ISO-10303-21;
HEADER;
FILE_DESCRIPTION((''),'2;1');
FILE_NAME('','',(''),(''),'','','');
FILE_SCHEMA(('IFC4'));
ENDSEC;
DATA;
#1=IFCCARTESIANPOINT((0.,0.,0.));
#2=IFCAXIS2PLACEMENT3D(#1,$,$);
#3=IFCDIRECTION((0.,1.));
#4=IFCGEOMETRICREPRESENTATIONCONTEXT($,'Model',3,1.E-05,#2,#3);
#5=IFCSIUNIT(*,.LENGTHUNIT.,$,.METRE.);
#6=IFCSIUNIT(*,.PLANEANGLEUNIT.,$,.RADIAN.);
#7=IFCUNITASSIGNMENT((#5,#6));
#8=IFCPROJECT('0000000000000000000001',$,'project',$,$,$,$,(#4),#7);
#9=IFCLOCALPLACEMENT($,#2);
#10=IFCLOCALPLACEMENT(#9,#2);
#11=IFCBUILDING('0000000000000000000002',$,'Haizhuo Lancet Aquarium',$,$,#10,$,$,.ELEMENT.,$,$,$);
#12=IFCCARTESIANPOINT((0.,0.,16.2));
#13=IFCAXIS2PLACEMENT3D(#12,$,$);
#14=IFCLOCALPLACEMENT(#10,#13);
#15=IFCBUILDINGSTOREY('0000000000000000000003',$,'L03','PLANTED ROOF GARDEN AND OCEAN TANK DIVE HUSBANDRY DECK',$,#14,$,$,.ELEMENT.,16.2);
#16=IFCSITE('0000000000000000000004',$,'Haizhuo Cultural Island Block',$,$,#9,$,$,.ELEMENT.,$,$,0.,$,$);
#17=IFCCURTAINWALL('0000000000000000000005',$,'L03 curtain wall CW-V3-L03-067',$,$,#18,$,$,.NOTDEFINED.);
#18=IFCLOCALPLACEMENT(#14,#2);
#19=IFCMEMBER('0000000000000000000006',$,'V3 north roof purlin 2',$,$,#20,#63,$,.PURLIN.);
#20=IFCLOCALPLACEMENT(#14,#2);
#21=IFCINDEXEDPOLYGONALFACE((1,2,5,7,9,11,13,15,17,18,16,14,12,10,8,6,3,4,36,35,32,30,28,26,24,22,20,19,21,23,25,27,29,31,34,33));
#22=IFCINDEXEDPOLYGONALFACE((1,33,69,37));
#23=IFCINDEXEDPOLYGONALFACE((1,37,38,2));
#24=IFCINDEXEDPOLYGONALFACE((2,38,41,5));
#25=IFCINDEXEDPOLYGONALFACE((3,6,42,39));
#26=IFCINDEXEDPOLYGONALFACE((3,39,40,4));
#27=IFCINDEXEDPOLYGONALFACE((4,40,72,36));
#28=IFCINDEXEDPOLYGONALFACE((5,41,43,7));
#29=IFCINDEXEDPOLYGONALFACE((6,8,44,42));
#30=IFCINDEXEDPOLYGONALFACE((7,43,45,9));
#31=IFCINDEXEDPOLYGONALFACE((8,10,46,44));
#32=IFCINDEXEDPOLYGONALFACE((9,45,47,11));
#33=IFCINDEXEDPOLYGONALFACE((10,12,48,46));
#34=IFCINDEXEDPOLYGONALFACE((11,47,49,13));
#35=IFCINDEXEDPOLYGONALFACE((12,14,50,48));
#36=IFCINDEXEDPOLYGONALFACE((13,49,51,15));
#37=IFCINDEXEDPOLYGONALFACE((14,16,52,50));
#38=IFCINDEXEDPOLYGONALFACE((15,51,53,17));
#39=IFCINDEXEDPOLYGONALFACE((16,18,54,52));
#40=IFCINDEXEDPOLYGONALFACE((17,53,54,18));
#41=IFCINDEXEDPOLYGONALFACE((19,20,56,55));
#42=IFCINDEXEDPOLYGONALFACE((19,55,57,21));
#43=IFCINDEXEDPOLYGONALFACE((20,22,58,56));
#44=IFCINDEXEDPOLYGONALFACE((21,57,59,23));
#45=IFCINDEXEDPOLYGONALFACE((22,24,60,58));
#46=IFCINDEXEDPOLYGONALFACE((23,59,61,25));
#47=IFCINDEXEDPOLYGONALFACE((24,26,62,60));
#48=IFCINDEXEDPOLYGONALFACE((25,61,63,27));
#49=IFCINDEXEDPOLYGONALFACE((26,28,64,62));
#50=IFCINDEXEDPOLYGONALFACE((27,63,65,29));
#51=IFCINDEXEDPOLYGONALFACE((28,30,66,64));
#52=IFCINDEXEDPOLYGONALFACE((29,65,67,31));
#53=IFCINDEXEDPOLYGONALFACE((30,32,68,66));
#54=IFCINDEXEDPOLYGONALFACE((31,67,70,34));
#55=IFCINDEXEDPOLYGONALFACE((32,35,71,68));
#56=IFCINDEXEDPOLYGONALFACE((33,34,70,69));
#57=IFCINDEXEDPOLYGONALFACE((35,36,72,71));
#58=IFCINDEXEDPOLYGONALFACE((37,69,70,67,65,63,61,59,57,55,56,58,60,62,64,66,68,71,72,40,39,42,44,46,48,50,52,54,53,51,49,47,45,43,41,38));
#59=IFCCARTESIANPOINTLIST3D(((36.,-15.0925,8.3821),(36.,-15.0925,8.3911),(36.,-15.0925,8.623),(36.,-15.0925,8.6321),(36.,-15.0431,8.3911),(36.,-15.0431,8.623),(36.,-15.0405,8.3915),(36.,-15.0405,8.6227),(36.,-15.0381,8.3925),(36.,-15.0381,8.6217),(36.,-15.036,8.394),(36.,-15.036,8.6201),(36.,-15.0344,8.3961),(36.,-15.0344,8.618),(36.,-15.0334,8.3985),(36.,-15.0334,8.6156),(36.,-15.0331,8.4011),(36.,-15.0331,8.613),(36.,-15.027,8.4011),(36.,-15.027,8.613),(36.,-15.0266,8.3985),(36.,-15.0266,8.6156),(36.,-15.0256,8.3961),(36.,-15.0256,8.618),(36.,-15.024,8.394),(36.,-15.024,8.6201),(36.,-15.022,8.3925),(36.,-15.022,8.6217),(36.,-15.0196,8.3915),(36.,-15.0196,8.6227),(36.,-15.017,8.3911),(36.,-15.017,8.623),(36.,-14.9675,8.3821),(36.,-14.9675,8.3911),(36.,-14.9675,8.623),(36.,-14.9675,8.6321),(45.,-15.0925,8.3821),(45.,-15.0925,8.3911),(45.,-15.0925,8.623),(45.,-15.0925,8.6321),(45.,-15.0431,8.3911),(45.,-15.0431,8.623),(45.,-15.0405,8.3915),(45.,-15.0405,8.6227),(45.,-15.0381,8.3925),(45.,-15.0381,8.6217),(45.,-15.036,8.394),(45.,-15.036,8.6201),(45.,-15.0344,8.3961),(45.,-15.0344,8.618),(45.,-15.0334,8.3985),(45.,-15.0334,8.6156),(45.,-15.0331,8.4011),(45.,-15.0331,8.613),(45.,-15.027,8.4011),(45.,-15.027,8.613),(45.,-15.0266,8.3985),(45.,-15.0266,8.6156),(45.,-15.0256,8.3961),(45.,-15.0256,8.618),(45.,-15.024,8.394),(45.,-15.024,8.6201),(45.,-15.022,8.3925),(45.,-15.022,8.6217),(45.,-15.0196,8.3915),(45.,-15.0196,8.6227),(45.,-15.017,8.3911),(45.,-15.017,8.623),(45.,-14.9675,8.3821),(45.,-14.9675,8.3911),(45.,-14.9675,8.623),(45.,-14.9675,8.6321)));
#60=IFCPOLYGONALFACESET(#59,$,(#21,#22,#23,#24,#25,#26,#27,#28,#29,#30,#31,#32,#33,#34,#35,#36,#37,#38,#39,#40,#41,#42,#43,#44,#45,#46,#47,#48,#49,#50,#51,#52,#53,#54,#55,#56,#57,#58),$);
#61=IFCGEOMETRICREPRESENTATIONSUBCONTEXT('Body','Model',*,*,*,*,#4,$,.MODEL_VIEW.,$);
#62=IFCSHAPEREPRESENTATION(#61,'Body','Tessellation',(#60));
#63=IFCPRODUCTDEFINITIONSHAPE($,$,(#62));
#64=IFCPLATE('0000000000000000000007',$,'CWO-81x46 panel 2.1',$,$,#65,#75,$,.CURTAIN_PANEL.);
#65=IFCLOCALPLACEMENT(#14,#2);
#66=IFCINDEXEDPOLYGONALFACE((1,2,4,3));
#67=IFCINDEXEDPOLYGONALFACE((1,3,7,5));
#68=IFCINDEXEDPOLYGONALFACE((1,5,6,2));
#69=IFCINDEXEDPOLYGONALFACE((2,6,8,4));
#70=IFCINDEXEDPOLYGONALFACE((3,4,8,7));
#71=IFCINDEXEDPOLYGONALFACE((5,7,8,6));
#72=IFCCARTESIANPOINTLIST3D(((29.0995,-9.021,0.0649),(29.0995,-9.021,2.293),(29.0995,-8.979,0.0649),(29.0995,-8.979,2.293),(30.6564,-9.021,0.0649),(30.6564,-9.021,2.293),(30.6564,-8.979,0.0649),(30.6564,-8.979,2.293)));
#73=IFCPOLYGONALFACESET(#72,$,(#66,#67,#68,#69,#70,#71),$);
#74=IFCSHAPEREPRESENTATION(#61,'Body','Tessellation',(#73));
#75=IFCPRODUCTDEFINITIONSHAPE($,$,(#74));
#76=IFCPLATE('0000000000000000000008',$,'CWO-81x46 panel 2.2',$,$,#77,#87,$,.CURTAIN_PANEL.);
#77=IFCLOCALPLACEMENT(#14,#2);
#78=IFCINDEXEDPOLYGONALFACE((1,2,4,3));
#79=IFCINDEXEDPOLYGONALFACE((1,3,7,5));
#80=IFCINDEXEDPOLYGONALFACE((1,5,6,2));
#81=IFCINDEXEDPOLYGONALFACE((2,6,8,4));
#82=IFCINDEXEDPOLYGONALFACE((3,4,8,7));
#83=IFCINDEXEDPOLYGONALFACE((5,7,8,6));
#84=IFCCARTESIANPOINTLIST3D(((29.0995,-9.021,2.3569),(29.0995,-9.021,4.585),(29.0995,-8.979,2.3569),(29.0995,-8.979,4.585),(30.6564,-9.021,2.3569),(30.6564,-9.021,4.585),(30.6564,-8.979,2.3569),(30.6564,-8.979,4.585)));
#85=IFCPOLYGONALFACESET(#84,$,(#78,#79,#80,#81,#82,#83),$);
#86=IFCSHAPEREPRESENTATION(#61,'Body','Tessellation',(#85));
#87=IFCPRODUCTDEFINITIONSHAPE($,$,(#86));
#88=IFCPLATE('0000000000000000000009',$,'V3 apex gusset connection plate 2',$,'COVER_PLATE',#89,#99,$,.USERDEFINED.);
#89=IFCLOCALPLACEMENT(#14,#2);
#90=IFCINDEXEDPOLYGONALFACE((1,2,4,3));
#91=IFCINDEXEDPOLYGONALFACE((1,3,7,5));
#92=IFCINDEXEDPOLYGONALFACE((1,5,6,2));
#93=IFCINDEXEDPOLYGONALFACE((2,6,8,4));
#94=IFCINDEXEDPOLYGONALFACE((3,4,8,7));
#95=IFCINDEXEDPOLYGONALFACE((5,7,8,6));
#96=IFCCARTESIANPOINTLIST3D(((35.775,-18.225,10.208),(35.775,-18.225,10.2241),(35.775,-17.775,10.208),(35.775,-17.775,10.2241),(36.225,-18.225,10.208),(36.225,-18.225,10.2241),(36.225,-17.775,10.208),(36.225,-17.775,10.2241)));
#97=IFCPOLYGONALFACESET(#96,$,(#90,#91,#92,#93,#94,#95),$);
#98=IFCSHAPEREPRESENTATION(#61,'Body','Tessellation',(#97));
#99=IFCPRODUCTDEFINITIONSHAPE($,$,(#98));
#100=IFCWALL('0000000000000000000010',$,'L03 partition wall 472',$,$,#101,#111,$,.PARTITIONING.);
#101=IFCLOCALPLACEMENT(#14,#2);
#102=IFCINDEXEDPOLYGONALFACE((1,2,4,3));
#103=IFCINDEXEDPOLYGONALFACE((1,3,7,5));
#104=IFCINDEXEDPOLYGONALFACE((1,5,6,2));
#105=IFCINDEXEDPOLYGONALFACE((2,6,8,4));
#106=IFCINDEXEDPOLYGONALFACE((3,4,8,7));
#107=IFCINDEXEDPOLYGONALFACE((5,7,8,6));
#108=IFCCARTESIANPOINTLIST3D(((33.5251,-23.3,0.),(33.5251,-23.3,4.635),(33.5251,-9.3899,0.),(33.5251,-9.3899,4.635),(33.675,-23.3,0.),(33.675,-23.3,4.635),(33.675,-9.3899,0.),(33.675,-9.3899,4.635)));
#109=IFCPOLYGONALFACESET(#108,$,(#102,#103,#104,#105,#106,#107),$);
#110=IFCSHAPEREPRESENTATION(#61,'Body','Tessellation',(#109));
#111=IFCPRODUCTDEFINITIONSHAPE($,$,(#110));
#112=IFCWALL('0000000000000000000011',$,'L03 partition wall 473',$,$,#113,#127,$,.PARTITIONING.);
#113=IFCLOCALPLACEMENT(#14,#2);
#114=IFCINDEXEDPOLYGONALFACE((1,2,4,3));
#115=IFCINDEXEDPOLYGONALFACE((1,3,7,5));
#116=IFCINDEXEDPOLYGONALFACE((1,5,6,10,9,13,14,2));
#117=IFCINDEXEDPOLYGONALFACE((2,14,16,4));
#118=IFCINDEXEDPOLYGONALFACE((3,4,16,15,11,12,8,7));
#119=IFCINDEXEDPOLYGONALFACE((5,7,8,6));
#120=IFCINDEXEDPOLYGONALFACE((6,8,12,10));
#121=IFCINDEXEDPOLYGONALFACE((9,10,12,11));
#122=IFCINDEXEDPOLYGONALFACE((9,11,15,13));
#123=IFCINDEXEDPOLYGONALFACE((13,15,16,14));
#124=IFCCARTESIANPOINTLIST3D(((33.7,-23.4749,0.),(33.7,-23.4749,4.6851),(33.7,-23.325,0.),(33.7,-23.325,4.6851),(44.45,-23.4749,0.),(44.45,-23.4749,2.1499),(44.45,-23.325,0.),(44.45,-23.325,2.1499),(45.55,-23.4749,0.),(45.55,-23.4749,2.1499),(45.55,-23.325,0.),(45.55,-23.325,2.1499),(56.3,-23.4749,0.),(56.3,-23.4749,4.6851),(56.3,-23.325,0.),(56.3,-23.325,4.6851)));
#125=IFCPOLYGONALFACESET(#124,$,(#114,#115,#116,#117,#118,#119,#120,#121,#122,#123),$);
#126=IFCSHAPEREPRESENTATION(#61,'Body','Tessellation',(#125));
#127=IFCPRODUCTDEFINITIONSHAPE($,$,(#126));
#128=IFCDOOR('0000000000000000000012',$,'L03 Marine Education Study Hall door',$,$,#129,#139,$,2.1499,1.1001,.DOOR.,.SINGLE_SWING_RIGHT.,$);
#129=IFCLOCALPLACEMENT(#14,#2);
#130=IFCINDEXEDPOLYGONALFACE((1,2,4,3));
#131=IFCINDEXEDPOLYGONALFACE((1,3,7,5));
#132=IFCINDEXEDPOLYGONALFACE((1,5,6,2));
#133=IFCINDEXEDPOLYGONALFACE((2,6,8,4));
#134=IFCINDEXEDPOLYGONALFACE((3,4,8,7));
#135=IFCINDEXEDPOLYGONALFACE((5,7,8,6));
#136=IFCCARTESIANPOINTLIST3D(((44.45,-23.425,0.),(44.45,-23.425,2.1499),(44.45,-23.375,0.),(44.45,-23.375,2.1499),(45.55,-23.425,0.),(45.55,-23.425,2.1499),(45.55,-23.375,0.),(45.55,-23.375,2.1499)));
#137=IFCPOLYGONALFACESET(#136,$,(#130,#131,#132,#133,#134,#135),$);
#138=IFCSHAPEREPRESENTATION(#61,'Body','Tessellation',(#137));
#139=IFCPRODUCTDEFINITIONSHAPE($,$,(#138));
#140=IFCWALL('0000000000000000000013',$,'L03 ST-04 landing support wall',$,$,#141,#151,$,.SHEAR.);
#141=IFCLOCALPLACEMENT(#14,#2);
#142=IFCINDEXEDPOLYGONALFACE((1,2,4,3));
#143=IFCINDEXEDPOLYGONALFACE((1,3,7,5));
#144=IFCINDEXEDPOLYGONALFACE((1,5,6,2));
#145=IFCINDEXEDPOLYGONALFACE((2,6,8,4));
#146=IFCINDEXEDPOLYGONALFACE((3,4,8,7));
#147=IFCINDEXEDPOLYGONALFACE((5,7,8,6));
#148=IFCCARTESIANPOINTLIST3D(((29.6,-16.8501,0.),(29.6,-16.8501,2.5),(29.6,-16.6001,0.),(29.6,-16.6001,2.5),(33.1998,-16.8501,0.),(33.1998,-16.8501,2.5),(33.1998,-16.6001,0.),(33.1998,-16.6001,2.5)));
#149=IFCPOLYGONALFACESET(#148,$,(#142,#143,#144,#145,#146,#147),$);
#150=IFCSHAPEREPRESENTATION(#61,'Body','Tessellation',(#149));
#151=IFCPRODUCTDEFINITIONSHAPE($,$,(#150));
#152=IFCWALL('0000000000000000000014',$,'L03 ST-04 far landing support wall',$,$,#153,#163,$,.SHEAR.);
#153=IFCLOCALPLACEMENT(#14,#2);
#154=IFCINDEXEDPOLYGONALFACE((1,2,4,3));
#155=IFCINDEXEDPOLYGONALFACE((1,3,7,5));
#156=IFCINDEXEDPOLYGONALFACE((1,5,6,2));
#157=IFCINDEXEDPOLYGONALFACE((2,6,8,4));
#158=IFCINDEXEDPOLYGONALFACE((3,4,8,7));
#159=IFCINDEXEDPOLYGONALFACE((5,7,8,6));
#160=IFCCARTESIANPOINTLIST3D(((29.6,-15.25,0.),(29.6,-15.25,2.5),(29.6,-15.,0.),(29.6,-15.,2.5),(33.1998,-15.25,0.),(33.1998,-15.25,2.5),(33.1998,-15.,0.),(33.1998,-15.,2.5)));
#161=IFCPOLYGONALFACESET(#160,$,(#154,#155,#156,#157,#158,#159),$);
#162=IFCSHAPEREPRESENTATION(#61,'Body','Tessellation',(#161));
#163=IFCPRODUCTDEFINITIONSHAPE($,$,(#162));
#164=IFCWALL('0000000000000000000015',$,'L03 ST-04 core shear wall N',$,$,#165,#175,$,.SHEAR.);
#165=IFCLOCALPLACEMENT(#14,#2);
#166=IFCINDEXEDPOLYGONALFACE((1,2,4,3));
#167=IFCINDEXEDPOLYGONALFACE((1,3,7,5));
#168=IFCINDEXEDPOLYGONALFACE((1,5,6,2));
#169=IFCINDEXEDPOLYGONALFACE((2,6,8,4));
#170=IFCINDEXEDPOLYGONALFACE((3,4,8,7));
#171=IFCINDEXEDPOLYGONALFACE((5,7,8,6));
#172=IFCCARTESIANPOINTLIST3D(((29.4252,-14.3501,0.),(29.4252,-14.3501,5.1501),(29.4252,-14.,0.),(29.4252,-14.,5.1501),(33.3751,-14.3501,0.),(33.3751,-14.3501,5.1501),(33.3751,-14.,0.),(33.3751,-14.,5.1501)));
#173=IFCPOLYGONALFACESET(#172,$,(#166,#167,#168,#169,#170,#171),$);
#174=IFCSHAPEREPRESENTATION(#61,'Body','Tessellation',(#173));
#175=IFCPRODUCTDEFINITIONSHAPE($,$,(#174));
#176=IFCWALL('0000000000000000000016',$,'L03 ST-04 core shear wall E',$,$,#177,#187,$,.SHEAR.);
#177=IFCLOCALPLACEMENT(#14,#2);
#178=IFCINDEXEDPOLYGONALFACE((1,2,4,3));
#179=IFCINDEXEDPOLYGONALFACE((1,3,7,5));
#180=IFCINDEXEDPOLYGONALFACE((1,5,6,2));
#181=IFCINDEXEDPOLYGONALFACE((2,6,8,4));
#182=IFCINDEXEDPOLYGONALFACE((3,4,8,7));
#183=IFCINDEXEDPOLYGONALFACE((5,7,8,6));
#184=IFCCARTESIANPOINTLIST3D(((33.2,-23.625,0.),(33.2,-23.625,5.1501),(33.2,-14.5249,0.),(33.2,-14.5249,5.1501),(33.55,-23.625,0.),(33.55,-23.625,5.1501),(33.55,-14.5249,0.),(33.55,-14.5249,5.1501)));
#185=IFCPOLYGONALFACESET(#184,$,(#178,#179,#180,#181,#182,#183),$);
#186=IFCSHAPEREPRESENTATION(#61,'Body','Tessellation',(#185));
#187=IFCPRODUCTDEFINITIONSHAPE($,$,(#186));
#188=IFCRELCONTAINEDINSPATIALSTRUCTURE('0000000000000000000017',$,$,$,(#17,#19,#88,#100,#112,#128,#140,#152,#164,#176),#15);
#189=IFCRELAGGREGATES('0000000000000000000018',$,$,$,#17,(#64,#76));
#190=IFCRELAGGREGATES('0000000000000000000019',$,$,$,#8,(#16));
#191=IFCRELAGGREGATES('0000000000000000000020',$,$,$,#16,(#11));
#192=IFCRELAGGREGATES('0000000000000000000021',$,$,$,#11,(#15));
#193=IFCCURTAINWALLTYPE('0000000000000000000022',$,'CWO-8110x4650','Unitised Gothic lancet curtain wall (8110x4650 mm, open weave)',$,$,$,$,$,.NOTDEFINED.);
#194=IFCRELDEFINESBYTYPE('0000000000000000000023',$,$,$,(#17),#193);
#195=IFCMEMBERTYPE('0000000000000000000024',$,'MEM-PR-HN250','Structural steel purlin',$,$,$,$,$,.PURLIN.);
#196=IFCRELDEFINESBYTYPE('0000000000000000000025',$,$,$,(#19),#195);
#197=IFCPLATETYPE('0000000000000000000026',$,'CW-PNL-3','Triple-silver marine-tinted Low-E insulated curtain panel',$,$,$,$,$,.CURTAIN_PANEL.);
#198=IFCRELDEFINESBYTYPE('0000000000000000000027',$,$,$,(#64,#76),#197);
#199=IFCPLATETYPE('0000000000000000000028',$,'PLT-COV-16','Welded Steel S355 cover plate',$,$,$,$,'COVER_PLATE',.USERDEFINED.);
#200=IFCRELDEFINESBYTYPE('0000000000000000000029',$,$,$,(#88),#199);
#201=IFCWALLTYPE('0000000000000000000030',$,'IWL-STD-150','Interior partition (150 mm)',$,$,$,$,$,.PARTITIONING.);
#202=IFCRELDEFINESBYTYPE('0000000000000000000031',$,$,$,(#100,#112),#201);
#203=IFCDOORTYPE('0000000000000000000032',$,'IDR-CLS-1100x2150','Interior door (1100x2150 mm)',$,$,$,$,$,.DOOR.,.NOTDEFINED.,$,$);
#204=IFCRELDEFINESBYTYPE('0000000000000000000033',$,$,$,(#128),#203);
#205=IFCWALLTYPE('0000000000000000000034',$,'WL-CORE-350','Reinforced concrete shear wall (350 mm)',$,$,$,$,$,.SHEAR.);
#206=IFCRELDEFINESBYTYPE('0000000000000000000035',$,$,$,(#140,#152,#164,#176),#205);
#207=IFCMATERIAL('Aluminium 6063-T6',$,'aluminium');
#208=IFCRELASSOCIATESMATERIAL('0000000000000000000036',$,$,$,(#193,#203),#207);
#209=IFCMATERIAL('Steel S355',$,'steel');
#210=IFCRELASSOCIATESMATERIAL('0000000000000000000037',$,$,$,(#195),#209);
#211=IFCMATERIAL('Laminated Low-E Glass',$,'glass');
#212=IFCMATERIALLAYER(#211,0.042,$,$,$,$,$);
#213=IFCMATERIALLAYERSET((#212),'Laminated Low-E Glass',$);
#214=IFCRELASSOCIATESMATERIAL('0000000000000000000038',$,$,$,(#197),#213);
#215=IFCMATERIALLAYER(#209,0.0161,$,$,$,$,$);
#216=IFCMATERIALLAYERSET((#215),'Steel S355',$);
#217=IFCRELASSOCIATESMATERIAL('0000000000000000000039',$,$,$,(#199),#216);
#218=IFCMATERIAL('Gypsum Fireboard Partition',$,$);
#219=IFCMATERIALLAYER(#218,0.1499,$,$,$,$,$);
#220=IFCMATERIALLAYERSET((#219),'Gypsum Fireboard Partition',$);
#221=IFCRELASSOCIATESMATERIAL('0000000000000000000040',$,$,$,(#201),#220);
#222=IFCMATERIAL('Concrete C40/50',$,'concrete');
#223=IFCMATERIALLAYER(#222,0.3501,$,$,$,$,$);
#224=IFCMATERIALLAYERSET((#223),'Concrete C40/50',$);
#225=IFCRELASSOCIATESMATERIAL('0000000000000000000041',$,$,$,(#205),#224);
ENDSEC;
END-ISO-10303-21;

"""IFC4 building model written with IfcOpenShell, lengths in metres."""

from ifc_helpers import new_model, si_unit, direction, frame, frame_2d, origin, origin_2d, place, context, subcontext, project, spatial, rectangle, i_section, extrude, material, layer, layer_set, material_profile, profile_set, type_object, element, fill, aggregate, save


model = new_model("IFC4")

# Units and contexts
model_context = context("Model", 3, precision=1e-05, world=origin(), true_north=direction((0.0, 1.0)))
body_context = subcontext(model_context, "Body", "Model", "MODEL_VIEW")
ifc_project = project(units=[si_unit("LENGTHUNIT", "METRE"), si_unit("PLANEANGLEUNIT", "RADIAN")], contexts=[model_context])

# Site, building, storey
site_placement = place(None, origin())
site = spatial("IfcSite", under=ifc_project, at=site_placement, Name="Haizhuo Cultural Island Block", CompositionType="ELEMENT", RefElevation=0.0)
building_placement = place(site_placement, origin())
building = spatial("IfcBuilding", under=site, at=building_placement, Name="Haizhuo Lancet Aquarium", CompositionType="ELEMENT")
storey_placement = place(building_placement, frame((0.0, 0.0, 16.2)))
storey = spatial("IfcBuildingStorey", under=building, at=storey_placement, Name="L03", Description="PLANTED ROOF GARDEN AND OCEAN TANK DIVE HUSBANDRY DECK", CompositionType="ELEMENT", Elevation=16.2)

# Shared definitions
ifc_material_1 = material(Name="Concrete C40/50", Category="concrete")

# Curtain wall
ifc_material_2 = material(Name="Aluminium 6063-T6", Category="aluminium")
curtain_wall_type = type_object("IfcCurtainWallType", Name="CWO-8110x4650", Description="Unitised Gothic lancet curtain wall (8110x4650 mm, open weave)", PredefinedType="NOTDEFINED", material=ifc_material_2)
curtain_wall_placement = place(storey_placement, origin())
curtain_wall = element("IfcCurtainWall", 1, at=curtain_wall_placement, inside=storey, type_object=curtain_wall_type, Name="L03 curtain wall CW-V3-L03-067", PredefinedType="NOTDEFINED")

# Member
ifc_material_3 = material(Name="Steel S355", Category="steel")
ifc_material_profile_1 = material_profile(ifc_material_3, i_section(OverallWidth=0.125, OverallDepth=0.25, WebThickness=0.0061, FlangeThickness=0.009, FilletRadius=0.01, at=origin_2d()), Name="HN 250x125x6x9")
ifc_profile_set_1 = profile_set([ifc_material_profile_1], Name="Steel S355")
member_type_1 = type_object("IfcMemberType", Name="MEM-PR-HN250", Description="Structural steel purlin", PredefinedType="PURLIN", material=ifc_profile_set_1)
for number, where, z_axis, x_axis, name in (
    (2, (36.0, -15.03, 8.5071), (1.0, 0.0, 0.0), (0.0, 1.0, 0.0), "V3 north roof purlin 2"),
):
    element("IfcMember", number, at=place(storey_placement, frame(where, z_axis=z_axis, x_axis=x_axis)), inside=storey, type_object=member_type_1, Name=name, PredefinedType="PURLIN", context=body_context, shape_type="SweptSolid", body=[
        extrude(i_section(OverallWidth=0.125, OverallDepth=0.25, WebThickness=0.0061, FlangeThickness=0.009, FilletRadius=0.01, at=origin_2d()), origin(), (0.0, 0.0, 1.0), 9.0),
    ])

# Plates
ifc_material_4 = material(Name="Laminated Low-E Glass", Category="glass")
ifc_layer_1 = layer(ifc_material_4, 0.042)
ifc_layer_set_1 = layer_set([ifc_layer_1], Name="Laminated Low-E Glass")
plate_type_1 = type_object("IfcPlateType", Name="CW-PNL-3", Description="Triple-silver marine-tinted Low-E insulated curtain panel", PredefinedType="CURTAIN_PANEL", material=ifc_layer_set_1)
plate_1_placement = place(storey_placement, frame((29.8779, -9.0, 0.0649), z_axis=(0.0, 0.0, 1.0), x_axis=(1.0, 0.0, 0.0)))
plate_1 = element("IfcPlate", 3, at=plate_1_placement, type_object=plate_type_1, Name="CWO-81x46 panel 2.1", PredefinedType="CURTAIN_PANEL", context=body_context, shape_type="SweptSolid", body=[
    extrude(rectangle(XDim=1.5569, YDim=0.042, at=origin_2d()), origin(), (0.0, 0.0, 1.0), 2.228),
])
plate_2_placement = place(storey_placement, frame((29.8779, -9.0, 2.3569), z_axis=(0.0, 0.0, 1.0), x_axis=(1.0, 0.0, 0.0)))
plate_2 = element("IfcPlate", 4, at=plate_2_placement, type_object=plate_type_1, Name="CWO-81x46 panel 2.2", PredefinedType="CURTAIN_PANEL", context=body_context, shape_type="SweptSolid", body=[
    extrude(rectangle(XDim=1.5569, YDim=0.042, at=origin_2d()), origin(), (0.0, 0.0, 1.0), 2.228),
])
aggregate(curtain_wall, [plate_1, plate_2])
ifc_layer_2 = layer(ifc_material_3, 0.0161)
ifc_layer_set_2 = layer_set([ifc_layer_2], Name="Steel S355")
plate_type_2 = type_object("IfcPlateType", Name="PLT-COV-16", Description="Welded Steel S355 cover plate", ElementType="COVER_PLATE", PredefinedType="USERDEFINED", material=ifc_layer_set_2)
plate_3_placement = place(storey_placement, frame((36.0, -18.0, 10.208), z_axis=(0.0, 0.0, 1.0), x_axis=(1.0, 0.0, 0.0)))
element("IfcPlate", 5, at=plate_3_placement, inside=storey, type_object=plate_type_2, Name="V3 apex gusset connection plate 2", ObjectType="COVER_PLATE", PredefinedType="USERDEFINED", context=body_context, shape_type="SweptSolid", body=[
    extrude(rectangle(XDim=0.45, YDim=0.45, at=origin_2d()), origin(), (0.0, 0.0, 1.0), 0.0161),
])

# Wall
ifc_material_5 = material(Name="Gypsum Fireboard Partition")
ifc_layer_3 = layer(ifc_material_5, 0.1499)
ifc_layer_set_3 = layer_set([ifc_layer_3], Name="Gypsum Fireboard Partition")
wall_type_1 = type_object("IfcWallType", Name="IWL-STD-150", Description="Interior partition (150 mm)", PredefinedType="PARTITIONING", material=ifc_layer_set_3)
wall_1_placement = place(storey_placement, frame((33.6001, -9.3899, 0.0), z_axis=(0.0, 0.0, 1.0), x_axis=(0.0, -1.0, 0.0)))
element("IfcWall", 6, at=wall_1_placement, inside=storey, type_object=wall_type_1, Name="L03 partition wall 472", PredefinedType="PARTITIONING", context=body_context, shape_type="SweptSolid", body=[
    extrude(rectangle(XDim=13.9102, YDim=0.1499, at=frame_2d((6.9551, 0.0))), origin(), (0.0, 0.0, 1.0), 4.635),
])

# Wall, opening, door
wall_2_placement = place(storey_placement, frame((33.7, -23.3999, 0.0), z_axis=(0.0, 0.0, 1.0), x_axis=(1.0, 0.0, 0.0)))
wall_2 = element("IfcWall", 7, at=wall_2_placement, inside=storey, type_object=wall_type_1, Name="L03 partition wall 473", PredefinedType="PARTITIONING", context=body_context, shape_type="SweptSolid", body=[
    extrude(rectangle(XDim=22.6001, YDim=0.1499, at=frame_2d((11.3, 0.0))), origin(), (0.0, 0.0, 1.0), 4.6851),
])
opening_placement = place(wall_2_placement, frame((10.75, 0.0, 0.0)))
opening = element("IfcOpeningElement", 8, at=opening_placement, cuts=wall_2, PredefinedType="OPENING", context=body_context, shape_type="SweptSolid", body=[
    extrude(rectangle(XDim=1.1001, YDim=2.1499, at=frame_2d((0.55, 1.075))), frame((0.0, 0.085, 0.0), z_axis=(0.0, -1.0, 0.0), x_axis=(1.0, 0.0, 0.0)), (0.0, 0.0, 1.0), 0.1699),
])
door_type = type_object("IfcDoorType", Name="IDR-CLS-1100x2150", Description="Interior door (1100x2150 mm)", OperationType="NOTDEFINED", PredefinedType="DOOR", material=ifc_material_2)
door_placement = place(opening_placement, origin())
door = element("IfcDoor", 9, at=door_placement, inside=storey, type_object=door_type, Name="L03 Marine Education Study Hall door", OperationType="SINGLE_SWING_RIGHT", OverallHeight=2.1499, OverallWidth=1.1001, PredefinedType="DOOR", context=body_context, shape_type="SweptSolid", body=[
    extrude(rectangle(XDim=1.1001, YDim=2.1499, at=frame_2d((0.55, 1.075))), frame((0.0, 0.0249, 0.0), z_axis=(0.0, -1.0, 0.0), x_axis=(1.0, 0.0, 0.0)), (0.0, 0.0, 1.0), 0.05),
])
fill(opening, door)

# Walls
ifc_layer_4 = layer(ifc_material_1, 0.3501)
ifc_layer_set_4 = layer_set([ifc_layer_4], Name="Concrete C40/50")
wall_type_2 = type_object("IfcWallType", Name="WL-CORE-350", Description="Reinforced concrete shear wall (350 mm)", PredefinedType="SHEAR", material=ifc_layer_set_4)
for number, where, z_axis, x_axis, name in (
    (10, (29.6001, -16.7251, 0.0), (0.0, 0.0, 1.0), (1.0, 0.0, 0.0), "L03 ST-04 landing support wall"),
    (11, (29.6001, -15.125, 0.0), (0.0, 0.0, 1.0), (1.0, 0.0, 0.0), "L03 ST-04 far landing support wall"),
):
    element("IfcWall", number, at=place(storey_placement, frame(where, z_axis=z_axis, x_axis=x_axis)), inside=storey, type_object=wall_type_2, Name=name, PredefinedType="SHEAR", context=body_context, shape_type="SweptSolid", body=[
        extrude(rectangle(XDim=3.5999, YDim=0.25, at=frame_2d((1.7998, 0.0))), origin(), (0.0, 0.0, 1.0), 2.5),
    ])
wall_3_placement = place(storey_placement, frame((29.425, -14.175, 0.0), z_axis=(0.0, 0.0, 1.0), x_axis=(1.0, 0.0, 0.0)))
element("IfcWall", 12, at=wall_3_placement, inside=storey, type_object=wall_type_2, Name="L03 ST-04 core shear wall N", PredefinedType="SHEAR", context=body_context, shape_type="SweptSolid", body=[
    extrude(rectangle(XDim=3.95, YDim=0.3501, at=frame_2d((1.9751, 0.0))), origin(), (0.0, 0.0, 1.0), 5.1501),
])
wall_4_placement = place(storey_placement, frame((33.375, -23.625, 0.0), z_axis=(0.0, 0.0, 1.0), x_axis=(0.0, 1.0, 0.0)))
element("IfcWall", 13, at=wall_4_placement, inside=storey, type_object=wall_type_2, Name="L03 ST-04 core shear wall E", PredefinedType="SHEAR", context=body_context, shape_type="SweptSolid", body=[
    extrude(rectangle(XDim=9.1001, YDim=0.3501, at=frame_2d((4.55, 0.0))), origin(), (0.0, 0.0, 1.0), 5.1501),
])

save(model, "model.ifc")
